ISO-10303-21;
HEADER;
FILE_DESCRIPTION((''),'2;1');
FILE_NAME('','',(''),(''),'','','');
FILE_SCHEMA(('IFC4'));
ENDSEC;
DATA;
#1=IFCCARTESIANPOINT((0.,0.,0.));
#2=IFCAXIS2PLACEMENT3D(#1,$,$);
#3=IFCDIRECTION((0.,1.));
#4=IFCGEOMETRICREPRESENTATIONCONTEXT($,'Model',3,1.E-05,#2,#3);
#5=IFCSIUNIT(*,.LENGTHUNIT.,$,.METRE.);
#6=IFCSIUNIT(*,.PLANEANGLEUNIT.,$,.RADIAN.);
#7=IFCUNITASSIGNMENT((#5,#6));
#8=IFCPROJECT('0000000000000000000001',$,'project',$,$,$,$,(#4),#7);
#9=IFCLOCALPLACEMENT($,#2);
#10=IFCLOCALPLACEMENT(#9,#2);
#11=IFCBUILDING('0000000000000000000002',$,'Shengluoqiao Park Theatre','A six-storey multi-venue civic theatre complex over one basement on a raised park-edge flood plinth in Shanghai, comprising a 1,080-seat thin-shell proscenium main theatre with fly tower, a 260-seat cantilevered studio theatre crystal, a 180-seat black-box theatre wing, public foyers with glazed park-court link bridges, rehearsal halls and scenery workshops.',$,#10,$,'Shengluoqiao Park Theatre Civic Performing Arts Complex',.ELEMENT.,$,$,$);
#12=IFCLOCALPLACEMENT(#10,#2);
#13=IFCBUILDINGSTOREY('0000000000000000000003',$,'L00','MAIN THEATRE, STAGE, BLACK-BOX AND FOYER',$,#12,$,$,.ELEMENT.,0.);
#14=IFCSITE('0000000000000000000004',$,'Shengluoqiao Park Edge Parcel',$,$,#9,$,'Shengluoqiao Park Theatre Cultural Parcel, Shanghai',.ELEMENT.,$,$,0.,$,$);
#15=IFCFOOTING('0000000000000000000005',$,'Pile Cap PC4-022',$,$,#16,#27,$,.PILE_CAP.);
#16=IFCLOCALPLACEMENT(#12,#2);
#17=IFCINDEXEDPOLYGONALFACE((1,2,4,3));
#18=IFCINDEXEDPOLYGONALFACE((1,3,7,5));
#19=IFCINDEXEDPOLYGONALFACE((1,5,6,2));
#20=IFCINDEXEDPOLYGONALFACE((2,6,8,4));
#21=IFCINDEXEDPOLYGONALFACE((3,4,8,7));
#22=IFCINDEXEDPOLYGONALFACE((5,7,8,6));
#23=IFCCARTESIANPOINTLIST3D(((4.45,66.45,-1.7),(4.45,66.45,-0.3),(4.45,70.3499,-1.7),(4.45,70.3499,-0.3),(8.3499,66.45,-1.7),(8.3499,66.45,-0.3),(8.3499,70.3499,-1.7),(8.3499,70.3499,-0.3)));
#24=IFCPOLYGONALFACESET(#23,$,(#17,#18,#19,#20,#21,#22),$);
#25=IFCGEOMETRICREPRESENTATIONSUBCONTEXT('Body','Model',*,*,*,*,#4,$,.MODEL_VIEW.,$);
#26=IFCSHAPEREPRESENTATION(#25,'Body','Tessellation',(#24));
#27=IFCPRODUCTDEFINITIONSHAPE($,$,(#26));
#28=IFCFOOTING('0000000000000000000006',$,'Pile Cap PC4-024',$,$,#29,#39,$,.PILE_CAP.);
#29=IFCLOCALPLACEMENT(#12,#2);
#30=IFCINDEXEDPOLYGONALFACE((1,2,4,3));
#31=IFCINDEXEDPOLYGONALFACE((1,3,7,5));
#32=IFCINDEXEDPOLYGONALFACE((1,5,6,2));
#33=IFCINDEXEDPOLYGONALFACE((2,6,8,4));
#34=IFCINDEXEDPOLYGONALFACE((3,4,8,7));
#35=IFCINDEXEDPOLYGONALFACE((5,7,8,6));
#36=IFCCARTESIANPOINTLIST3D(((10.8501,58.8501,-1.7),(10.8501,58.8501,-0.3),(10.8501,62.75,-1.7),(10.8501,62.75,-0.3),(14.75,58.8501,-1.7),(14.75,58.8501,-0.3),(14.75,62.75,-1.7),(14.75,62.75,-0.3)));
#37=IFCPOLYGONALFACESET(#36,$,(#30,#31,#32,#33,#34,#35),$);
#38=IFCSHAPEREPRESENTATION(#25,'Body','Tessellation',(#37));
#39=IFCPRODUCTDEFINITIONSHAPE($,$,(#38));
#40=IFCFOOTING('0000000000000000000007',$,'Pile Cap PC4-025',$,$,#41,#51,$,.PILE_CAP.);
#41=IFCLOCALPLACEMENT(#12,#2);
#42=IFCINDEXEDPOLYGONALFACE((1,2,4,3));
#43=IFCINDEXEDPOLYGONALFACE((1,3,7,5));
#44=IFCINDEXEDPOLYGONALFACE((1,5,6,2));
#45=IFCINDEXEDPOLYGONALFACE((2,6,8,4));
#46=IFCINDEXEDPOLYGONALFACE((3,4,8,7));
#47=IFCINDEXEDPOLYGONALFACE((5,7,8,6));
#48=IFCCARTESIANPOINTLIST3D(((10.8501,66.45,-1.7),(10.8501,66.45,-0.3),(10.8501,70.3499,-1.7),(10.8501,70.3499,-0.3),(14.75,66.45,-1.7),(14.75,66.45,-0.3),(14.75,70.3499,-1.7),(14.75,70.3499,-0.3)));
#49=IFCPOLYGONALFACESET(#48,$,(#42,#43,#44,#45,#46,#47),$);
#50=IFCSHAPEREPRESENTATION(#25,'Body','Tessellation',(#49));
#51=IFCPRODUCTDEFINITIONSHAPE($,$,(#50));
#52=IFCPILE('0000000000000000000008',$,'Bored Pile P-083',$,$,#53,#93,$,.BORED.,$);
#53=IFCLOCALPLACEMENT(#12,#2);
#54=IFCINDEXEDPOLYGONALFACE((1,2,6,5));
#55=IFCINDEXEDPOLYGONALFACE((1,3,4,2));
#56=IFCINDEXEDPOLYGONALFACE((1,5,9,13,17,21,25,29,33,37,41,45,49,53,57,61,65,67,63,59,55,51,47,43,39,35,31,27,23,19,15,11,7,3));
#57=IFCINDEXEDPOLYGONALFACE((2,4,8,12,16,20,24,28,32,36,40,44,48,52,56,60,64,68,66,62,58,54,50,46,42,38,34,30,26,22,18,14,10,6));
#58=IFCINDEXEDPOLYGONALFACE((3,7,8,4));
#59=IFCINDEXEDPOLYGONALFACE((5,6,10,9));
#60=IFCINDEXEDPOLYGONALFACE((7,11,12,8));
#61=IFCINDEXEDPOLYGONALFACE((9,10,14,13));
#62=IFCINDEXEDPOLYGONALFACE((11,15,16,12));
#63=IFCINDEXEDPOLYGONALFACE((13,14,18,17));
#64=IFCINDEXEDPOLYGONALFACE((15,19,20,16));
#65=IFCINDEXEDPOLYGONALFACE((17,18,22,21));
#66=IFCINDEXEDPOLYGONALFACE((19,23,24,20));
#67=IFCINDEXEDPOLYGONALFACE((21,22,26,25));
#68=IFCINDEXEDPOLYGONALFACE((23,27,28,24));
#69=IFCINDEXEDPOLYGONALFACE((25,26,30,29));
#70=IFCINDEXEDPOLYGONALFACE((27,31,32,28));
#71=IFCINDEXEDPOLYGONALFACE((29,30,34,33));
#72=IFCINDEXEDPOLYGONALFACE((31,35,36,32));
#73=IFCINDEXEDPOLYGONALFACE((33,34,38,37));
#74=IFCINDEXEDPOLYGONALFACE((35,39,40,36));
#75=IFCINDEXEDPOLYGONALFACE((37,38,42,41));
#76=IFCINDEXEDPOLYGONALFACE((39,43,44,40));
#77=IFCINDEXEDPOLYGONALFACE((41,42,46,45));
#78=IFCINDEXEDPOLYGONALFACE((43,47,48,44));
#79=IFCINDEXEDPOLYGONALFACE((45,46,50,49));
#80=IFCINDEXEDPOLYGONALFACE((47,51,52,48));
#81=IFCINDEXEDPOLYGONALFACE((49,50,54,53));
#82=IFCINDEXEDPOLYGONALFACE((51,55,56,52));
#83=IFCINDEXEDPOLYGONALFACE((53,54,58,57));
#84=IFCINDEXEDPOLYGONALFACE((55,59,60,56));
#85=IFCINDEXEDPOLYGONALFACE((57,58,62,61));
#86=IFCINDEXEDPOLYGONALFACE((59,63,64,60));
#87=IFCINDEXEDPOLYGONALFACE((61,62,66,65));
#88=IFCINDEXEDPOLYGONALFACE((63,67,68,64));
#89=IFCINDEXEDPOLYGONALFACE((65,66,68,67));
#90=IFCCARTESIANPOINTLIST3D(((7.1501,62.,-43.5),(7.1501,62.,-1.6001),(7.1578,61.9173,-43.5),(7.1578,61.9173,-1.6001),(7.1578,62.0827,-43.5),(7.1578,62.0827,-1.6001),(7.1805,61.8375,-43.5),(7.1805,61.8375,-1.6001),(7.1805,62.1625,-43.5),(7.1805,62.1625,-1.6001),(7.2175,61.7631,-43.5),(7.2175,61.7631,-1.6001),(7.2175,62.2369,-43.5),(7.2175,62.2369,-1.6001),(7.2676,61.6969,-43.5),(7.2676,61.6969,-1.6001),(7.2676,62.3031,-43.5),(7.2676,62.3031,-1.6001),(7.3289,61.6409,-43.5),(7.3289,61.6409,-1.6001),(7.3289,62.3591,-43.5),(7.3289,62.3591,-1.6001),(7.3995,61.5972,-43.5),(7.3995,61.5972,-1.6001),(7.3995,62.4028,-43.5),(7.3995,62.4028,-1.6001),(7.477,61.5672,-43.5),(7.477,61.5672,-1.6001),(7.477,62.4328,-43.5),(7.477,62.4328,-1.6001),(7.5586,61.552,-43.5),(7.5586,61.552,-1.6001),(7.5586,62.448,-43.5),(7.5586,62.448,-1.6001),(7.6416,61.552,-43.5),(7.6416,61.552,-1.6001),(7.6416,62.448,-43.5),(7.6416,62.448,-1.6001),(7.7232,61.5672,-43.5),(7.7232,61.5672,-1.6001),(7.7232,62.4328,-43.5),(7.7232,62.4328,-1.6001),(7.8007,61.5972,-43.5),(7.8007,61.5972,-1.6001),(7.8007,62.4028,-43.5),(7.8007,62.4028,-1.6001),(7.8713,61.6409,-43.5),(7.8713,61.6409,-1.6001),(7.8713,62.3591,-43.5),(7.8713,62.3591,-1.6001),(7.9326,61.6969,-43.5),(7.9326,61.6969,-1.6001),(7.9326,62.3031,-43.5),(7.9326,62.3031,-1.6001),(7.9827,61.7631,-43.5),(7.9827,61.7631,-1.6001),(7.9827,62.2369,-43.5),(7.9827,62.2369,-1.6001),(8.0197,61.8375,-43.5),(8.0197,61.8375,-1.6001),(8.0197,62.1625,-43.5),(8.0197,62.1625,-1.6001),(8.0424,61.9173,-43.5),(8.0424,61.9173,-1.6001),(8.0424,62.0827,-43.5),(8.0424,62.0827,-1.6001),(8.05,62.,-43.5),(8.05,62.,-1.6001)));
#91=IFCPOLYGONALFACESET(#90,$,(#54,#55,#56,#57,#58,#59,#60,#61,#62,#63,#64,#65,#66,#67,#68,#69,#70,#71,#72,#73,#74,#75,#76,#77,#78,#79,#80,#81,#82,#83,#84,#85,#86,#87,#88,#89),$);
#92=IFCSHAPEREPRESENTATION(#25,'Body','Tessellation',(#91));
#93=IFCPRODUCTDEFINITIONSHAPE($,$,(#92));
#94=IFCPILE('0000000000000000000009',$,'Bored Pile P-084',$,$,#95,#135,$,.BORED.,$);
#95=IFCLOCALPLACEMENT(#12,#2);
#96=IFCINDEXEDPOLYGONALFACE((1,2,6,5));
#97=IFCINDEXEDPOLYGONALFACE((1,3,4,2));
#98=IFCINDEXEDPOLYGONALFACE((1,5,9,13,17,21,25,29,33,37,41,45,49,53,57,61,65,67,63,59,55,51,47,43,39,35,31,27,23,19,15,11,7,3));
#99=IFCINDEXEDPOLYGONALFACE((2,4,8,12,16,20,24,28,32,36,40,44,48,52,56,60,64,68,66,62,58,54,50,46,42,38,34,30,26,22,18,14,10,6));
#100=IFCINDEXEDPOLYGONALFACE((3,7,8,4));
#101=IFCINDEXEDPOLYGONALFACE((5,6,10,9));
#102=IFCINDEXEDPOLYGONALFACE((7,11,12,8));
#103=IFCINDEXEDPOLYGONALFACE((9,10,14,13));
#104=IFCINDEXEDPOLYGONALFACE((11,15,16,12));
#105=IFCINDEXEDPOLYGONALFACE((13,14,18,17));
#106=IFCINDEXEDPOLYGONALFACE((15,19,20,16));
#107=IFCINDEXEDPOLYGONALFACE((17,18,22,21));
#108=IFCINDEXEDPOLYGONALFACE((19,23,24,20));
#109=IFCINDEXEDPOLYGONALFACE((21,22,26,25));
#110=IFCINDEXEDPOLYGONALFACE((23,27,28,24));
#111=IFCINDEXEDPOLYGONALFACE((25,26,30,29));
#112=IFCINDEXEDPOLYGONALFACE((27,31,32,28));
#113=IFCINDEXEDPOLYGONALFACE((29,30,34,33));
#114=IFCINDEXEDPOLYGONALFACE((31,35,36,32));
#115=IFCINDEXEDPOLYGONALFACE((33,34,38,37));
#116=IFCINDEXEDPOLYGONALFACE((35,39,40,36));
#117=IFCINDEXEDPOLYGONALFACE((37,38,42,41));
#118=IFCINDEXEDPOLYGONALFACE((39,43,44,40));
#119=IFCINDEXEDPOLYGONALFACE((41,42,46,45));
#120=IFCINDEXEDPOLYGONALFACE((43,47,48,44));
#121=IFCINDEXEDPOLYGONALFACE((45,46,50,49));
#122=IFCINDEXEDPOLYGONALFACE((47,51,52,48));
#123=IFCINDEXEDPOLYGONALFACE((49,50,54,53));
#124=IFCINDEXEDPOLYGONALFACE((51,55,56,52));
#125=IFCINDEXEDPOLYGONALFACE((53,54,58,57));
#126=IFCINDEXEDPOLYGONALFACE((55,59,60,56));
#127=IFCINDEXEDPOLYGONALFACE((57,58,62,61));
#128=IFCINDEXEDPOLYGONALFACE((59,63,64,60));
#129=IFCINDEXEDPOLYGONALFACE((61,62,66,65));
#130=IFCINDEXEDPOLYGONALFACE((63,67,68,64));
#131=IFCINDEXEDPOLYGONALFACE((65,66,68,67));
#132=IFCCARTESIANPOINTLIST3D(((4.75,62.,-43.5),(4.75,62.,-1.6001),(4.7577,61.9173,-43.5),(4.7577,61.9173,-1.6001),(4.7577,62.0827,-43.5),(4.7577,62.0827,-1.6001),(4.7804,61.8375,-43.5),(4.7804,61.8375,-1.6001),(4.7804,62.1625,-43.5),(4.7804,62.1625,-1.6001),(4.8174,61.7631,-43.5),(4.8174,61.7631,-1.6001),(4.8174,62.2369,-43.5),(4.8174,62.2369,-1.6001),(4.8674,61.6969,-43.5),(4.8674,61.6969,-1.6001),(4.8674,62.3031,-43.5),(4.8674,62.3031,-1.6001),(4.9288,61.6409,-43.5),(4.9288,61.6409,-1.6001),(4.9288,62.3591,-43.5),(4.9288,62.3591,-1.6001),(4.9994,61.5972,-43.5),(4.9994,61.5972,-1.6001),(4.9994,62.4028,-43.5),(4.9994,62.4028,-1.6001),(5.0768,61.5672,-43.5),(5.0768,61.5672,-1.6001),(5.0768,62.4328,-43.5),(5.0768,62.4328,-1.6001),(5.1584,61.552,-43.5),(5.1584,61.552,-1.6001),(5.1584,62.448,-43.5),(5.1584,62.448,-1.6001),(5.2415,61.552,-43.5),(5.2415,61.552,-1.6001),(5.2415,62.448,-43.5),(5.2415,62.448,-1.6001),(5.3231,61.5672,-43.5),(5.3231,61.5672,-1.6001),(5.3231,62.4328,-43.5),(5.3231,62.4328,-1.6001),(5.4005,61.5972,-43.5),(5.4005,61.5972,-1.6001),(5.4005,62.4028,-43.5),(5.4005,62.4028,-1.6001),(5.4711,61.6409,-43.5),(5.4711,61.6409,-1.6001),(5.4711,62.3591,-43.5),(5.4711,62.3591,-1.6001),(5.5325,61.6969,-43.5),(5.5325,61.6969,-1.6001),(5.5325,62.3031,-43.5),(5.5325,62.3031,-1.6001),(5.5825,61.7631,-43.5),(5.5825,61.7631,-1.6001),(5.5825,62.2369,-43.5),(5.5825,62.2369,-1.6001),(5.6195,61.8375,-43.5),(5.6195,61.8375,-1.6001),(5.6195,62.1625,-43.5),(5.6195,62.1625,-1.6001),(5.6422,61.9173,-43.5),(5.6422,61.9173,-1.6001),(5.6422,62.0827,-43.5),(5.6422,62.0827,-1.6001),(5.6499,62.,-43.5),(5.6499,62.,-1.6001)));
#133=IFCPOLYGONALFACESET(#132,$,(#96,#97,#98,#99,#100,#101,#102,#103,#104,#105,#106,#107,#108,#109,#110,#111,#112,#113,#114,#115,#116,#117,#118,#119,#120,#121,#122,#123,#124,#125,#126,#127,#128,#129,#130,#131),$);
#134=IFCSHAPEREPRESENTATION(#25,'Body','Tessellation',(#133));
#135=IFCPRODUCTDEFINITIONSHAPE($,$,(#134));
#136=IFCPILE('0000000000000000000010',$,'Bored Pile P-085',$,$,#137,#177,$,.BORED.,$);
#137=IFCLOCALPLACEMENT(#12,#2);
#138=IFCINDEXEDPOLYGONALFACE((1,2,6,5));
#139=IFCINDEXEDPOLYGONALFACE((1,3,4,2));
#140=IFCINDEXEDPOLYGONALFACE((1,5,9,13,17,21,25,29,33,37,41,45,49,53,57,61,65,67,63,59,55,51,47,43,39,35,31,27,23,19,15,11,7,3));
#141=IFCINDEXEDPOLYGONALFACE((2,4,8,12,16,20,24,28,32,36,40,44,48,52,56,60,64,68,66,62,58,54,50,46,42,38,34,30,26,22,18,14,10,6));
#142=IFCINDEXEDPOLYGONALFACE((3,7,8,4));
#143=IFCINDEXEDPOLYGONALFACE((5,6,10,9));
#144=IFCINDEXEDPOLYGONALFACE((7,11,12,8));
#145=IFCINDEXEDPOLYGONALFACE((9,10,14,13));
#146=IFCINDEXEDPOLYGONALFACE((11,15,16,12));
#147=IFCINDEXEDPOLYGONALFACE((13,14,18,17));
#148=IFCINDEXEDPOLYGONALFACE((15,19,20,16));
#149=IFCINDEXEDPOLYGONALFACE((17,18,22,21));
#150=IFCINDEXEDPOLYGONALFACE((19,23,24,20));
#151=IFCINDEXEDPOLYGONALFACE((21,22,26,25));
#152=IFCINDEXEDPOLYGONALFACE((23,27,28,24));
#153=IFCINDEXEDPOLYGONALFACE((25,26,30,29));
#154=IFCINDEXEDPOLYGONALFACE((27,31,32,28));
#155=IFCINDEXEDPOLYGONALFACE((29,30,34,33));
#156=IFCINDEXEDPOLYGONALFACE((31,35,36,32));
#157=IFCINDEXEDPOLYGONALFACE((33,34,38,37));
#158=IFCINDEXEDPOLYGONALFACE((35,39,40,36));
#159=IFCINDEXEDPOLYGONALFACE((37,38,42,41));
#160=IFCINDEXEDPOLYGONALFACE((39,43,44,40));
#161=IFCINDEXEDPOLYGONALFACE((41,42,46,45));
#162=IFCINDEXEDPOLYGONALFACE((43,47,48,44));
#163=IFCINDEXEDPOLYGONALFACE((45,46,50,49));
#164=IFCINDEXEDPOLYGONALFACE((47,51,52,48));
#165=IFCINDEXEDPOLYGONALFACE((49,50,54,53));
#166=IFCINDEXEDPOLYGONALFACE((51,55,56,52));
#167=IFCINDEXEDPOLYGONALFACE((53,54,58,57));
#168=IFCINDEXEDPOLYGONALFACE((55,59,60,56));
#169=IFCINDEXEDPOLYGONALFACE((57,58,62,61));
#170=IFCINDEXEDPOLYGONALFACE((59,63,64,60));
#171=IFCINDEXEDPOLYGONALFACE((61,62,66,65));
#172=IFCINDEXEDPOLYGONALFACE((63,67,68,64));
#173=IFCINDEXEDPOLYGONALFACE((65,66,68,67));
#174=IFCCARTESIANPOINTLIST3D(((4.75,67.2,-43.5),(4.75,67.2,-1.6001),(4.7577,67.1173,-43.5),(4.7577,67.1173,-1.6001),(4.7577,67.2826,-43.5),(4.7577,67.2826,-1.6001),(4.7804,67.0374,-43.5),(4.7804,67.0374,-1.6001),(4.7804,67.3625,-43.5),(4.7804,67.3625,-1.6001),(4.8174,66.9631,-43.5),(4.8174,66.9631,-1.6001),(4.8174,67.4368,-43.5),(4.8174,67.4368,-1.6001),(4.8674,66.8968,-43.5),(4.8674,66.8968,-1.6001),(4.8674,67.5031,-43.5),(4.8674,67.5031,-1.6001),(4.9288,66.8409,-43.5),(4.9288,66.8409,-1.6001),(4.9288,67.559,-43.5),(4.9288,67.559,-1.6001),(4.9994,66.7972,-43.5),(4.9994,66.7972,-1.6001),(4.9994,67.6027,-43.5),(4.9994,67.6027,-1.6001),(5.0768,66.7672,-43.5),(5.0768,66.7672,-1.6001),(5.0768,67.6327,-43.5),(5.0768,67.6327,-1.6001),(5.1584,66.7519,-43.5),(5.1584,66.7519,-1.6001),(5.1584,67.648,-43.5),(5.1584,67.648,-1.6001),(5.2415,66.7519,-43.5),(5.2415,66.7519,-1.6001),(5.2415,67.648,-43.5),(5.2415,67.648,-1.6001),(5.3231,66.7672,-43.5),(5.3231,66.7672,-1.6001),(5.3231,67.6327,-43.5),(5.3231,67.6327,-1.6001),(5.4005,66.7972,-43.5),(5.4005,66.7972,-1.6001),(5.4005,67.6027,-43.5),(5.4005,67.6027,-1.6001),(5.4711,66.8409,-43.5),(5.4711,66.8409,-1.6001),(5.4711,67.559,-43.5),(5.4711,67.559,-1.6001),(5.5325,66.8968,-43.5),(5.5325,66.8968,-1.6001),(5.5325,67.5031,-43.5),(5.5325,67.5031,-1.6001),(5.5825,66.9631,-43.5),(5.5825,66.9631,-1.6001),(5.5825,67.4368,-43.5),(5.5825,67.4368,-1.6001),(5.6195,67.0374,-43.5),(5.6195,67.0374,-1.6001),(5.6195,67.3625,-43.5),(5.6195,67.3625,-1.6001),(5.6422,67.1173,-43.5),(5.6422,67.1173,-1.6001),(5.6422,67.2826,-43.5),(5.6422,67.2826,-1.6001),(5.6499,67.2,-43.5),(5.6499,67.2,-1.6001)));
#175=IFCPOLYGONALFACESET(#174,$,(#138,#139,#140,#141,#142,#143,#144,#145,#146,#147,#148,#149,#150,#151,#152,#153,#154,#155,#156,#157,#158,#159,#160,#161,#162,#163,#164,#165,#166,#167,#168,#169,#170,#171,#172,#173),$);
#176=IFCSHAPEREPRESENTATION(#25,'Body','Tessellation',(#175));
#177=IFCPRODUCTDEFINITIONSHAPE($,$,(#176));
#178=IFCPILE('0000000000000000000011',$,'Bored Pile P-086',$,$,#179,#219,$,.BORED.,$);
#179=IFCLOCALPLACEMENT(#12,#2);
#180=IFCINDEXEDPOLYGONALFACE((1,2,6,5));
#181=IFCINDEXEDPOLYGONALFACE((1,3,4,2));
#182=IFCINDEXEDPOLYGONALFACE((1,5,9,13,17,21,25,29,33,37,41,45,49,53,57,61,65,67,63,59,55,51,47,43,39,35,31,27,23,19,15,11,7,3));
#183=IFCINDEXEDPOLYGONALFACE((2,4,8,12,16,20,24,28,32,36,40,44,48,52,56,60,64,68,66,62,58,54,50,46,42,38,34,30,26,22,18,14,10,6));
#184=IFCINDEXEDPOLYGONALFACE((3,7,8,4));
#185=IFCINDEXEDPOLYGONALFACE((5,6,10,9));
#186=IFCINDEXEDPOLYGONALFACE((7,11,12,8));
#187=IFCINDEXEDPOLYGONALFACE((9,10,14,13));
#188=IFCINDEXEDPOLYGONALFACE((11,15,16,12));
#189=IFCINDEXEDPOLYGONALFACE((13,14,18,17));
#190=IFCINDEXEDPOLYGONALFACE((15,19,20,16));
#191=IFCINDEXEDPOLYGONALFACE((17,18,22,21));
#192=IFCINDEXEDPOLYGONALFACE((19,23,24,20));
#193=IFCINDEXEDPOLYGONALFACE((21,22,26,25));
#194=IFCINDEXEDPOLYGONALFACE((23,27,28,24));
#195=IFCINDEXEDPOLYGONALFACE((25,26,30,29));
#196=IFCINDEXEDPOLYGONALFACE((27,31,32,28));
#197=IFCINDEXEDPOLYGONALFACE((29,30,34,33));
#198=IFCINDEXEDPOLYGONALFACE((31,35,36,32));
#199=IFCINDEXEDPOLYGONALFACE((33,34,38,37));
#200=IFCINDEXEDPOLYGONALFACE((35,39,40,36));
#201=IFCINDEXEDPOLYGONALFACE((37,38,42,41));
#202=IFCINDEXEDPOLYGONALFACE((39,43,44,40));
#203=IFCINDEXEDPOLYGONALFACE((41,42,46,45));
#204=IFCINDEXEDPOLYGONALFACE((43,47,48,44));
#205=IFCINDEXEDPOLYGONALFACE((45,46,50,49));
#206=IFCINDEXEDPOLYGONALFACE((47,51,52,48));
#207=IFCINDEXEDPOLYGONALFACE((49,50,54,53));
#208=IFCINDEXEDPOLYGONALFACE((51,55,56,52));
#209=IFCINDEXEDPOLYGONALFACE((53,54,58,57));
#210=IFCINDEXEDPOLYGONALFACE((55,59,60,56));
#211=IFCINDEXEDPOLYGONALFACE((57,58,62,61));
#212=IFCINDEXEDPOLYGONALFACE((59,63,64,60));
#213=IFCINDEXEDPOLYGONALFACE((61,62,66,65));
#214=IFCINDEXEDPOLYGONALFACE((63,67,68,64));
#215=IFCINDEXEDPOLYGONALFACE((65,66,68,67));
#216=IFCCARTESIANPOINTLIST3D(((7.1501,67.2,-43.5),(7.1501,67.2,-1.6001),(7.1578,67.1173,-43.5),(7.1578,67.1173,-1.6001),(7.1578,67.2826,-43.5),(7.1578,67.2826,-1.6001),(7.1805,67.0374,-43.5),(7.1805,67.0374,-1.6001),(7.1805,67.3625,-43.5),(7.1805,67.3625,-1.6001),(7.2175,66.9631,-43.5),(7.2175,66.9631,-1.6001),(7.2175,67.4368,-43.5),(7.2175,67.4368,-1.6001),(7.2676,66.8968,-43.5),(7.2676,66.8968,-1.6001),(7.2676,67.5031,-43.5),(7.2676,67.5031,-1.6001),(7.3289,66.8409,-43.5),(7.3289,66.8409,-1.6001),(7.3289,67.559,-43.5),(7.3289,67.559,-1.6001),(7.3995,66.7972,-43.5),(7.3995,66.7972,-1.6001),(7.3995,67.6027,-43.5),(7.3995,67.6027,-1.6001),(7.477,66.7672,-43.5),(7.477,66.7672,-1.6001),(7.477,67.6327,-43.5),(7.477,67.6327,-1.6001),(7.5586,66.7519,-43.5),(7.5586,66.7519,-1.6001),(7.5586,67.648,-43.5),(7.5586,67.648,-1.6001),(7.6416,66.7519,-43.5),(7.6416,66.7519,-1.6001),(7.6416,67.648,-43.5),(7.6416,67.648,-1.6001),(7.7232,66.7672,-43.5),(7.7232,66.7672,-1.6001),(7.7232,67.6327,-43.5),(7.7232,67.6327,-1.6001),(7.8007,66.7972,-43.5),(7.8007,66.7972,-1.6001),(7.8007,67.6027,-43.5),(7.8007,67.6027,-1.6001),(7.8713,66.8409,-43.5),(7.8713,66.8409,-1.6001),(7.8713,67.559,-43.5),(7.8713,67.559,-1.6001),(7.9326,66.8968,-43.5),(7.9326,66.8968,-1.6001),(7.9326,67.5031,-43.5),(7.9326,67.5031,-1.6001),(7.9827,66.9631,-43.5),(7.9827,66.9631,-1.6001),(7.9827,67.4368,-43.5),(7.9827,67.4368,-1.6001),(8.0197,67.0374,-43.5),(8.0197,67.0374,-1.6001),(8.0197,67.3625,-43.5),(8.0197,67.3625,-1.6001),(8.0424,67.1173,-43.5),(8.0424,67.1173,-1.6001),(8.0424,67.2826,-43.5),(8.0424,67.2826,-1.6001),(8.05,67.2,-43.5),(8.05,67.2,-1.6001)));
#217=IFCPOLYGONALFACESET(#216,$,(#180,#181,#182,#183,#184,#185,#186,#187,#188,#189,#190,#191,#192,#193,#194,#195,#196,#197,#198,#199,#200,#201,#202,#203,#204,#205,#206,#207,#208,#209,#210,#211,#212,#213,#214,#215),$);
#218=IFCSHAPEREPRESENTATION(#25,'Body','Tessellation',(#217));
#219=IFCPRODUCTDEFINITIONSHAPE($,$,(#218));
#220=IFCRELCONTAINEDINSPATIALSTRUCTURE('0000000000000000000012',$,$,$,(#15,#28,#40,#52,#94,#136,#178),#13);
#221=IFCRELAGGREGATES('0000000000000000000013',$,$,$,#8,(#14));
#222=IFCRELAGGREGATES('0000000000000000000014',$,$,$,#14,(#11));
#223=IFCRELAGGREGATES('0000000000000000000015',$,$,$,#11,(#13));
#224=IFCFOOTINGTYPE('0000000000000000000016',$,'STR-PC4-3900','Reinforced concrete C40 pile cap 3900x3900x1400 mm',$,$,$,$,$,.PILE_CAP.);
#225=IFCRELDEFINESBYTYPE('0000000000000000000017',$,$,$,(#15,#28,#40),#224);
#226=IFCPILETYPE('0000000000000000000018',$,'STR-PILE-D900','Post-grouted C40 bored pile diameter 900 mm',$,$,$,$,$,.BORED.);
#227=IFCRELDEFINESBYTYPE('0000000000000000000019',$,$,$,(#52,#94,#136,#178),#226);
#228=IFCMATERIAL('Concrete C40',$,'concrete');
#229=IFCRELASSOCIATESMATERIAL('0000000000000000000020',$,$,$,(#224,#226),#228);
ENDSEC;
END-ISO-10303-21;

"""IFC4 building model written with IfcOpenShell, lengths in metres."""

from ifc_helpers import new_model, si_unit, direction, frame, origin, origin_2d, place, context, subcontext, project, spatial, rectangle, circle, extrude, material, material_profile, profile_set, type_object, element, save


model = new_model("IFC4")

# Units and contexts
model_context = context("Model", 3, precision=1e-05, world=origin(), true_north=direction((0.0, 1.0)))
body_context = subcontext(model_context, "Body", "Model", "MODEL_VIEW")
ifc_project = project(units=[si_unit("LENGTHUNIT", "METRE"), si_unit("PLANEANGLEUNIT", "RADIAN")], contexts=[model_context])

# Site, building, storey
site_placement = place(None, origin())
site = spatial("IfcSite", under=ifc_project, at=site_placement, Name="Shengluoqiao Park Edge Parcel", LongName="Shengluoqiao Park Theatre Cultural Parcel, Shanghai", CompositionType="ELEMENT", RefElevation=0.0)
building_placement = place(site_placement, origin())
building = spatial("IfcBuilding", under=site, at=building_placement, Name="Shengluoqiao Park Theatre", Description="A six-storey multi-venue civic theatre complex over one basement on a raised park-edge flood plinth in Shanghai, comprising a 1,080-seat thin-shell proscenium main theatre with fly tower, a 260-seat cantilevered studio theatre crystal, a 180-seat black-box theatre wing, public foyers with glazed park-court link bridges, rehearsal halls and scenery workshops.", LongName="Shengluoqiao Park Theatre Civic Performing Arts Complex", CompositionType="ELEMENT")
storey_placement = place(building_placement, origin())
storey = spatial("IfcBuildingStorey", under=building, at=storey_placement, Name="L00", Description="MAIN THEATRE, STAGE, BLACK-BOX AND FOYER", CompositionType="ELEMENT", Elevation=0.0)

# Footings
ifc_material_1 = material(Name="Concrete C40", Category="concrete")
footing_type_1 = type_object("IfcFootingType", Name="STR-PC4-3900", Description="Reinforced concrete C40 pile cap 3900x3900x1400 mm", PredefinedType="PILE_CAP", material=ifc_material_1)
for number, where, z_axis, x_axis, name in (
    (1, (6.3999, 68.3999, -1.7), (0.0, 0.0, 1.0), (1.0, 0.0, 0.0), "Pile Cap PC4-022"),
    (2, (12.8, 60.8, -1.7), (0.0, 0.0, 1.0), (1.0, 0.0, 0.0), "Pile Cap PC4-024"),
    (3, (12.8, 68.3999, -1.7), (0.0, 0.0, 1.0), (1.0, 0.0, 0.0), "Pile Cap PC4-025"),
):
    element("IfcFooting", number, at=place(storey_placement, frame(where, z_axis=z_axis, x_axis=x_axis)), inside=storey, type_object=footing_type_1, Name=name, PredefinedType="PILE_CAP", context=body_context, shape_type="SweptSolid", body=[
        extrude(rectangle(XDim=3.8999, YDim=3.8999, at=origin_2d()), origin(), (0.0, 0.0, 1.0), 1.3999),
    ])

# Piles
ifc_material_profile_1 = material_profile(ifc_material_1, circle(Radius=0.45, at=origin_2d()), Name="BORED PILE D900")
ifc_profile_set_1 = profile_set([ifc_material_profile_1], Name="Concrete C40")
pile_type = type_object("IfcPileType", Name="STR-PILE-D900", Description="Post-grouted C40 bored pile diameter 900 mm", PredefinedType="BORED", material=ifc_profile_set_1)
for number, where, z_axis, x_axis, name in (
    (4, (7.6001, 62.0, -1.6001), (0.0, 0.0, -1.0), (1.0, 0.0, 0.0), "Bored Pile P-083"),
    (5, (5.2, 62.0, -1.6001), (0.0, 0.0, -1.0), (1.0, 0.0, 0.0), "Bored Pile P-084"),
    (6, (5.2, 67.2, -1.6001), (0.0, 0.0, -1.0), (1.0, 0.0, 0.0), "Bored Pile P-085"),
    (7, (7.6001, 67.2, -1.6001), (0.0, 0.0, -1.0), (1.0, 0.0, 0.0), "Bored Pile P-086"),
):
    element("IfcPile", number, at=place(storey_placement, frame(where, z_axis=z_axis, x_axis=x_axis)), inside=storey, type_object=pile_type, Name=name, PredefinedType="BORED", context=body_context, shape_type="SweptSolid", body=[
        extrude(circle(Radius=0.45, at=origin_2d()), origin(), (0.0, 0.0, 1.0), 41.8999),
    ])

save(model, "model.ifc")
